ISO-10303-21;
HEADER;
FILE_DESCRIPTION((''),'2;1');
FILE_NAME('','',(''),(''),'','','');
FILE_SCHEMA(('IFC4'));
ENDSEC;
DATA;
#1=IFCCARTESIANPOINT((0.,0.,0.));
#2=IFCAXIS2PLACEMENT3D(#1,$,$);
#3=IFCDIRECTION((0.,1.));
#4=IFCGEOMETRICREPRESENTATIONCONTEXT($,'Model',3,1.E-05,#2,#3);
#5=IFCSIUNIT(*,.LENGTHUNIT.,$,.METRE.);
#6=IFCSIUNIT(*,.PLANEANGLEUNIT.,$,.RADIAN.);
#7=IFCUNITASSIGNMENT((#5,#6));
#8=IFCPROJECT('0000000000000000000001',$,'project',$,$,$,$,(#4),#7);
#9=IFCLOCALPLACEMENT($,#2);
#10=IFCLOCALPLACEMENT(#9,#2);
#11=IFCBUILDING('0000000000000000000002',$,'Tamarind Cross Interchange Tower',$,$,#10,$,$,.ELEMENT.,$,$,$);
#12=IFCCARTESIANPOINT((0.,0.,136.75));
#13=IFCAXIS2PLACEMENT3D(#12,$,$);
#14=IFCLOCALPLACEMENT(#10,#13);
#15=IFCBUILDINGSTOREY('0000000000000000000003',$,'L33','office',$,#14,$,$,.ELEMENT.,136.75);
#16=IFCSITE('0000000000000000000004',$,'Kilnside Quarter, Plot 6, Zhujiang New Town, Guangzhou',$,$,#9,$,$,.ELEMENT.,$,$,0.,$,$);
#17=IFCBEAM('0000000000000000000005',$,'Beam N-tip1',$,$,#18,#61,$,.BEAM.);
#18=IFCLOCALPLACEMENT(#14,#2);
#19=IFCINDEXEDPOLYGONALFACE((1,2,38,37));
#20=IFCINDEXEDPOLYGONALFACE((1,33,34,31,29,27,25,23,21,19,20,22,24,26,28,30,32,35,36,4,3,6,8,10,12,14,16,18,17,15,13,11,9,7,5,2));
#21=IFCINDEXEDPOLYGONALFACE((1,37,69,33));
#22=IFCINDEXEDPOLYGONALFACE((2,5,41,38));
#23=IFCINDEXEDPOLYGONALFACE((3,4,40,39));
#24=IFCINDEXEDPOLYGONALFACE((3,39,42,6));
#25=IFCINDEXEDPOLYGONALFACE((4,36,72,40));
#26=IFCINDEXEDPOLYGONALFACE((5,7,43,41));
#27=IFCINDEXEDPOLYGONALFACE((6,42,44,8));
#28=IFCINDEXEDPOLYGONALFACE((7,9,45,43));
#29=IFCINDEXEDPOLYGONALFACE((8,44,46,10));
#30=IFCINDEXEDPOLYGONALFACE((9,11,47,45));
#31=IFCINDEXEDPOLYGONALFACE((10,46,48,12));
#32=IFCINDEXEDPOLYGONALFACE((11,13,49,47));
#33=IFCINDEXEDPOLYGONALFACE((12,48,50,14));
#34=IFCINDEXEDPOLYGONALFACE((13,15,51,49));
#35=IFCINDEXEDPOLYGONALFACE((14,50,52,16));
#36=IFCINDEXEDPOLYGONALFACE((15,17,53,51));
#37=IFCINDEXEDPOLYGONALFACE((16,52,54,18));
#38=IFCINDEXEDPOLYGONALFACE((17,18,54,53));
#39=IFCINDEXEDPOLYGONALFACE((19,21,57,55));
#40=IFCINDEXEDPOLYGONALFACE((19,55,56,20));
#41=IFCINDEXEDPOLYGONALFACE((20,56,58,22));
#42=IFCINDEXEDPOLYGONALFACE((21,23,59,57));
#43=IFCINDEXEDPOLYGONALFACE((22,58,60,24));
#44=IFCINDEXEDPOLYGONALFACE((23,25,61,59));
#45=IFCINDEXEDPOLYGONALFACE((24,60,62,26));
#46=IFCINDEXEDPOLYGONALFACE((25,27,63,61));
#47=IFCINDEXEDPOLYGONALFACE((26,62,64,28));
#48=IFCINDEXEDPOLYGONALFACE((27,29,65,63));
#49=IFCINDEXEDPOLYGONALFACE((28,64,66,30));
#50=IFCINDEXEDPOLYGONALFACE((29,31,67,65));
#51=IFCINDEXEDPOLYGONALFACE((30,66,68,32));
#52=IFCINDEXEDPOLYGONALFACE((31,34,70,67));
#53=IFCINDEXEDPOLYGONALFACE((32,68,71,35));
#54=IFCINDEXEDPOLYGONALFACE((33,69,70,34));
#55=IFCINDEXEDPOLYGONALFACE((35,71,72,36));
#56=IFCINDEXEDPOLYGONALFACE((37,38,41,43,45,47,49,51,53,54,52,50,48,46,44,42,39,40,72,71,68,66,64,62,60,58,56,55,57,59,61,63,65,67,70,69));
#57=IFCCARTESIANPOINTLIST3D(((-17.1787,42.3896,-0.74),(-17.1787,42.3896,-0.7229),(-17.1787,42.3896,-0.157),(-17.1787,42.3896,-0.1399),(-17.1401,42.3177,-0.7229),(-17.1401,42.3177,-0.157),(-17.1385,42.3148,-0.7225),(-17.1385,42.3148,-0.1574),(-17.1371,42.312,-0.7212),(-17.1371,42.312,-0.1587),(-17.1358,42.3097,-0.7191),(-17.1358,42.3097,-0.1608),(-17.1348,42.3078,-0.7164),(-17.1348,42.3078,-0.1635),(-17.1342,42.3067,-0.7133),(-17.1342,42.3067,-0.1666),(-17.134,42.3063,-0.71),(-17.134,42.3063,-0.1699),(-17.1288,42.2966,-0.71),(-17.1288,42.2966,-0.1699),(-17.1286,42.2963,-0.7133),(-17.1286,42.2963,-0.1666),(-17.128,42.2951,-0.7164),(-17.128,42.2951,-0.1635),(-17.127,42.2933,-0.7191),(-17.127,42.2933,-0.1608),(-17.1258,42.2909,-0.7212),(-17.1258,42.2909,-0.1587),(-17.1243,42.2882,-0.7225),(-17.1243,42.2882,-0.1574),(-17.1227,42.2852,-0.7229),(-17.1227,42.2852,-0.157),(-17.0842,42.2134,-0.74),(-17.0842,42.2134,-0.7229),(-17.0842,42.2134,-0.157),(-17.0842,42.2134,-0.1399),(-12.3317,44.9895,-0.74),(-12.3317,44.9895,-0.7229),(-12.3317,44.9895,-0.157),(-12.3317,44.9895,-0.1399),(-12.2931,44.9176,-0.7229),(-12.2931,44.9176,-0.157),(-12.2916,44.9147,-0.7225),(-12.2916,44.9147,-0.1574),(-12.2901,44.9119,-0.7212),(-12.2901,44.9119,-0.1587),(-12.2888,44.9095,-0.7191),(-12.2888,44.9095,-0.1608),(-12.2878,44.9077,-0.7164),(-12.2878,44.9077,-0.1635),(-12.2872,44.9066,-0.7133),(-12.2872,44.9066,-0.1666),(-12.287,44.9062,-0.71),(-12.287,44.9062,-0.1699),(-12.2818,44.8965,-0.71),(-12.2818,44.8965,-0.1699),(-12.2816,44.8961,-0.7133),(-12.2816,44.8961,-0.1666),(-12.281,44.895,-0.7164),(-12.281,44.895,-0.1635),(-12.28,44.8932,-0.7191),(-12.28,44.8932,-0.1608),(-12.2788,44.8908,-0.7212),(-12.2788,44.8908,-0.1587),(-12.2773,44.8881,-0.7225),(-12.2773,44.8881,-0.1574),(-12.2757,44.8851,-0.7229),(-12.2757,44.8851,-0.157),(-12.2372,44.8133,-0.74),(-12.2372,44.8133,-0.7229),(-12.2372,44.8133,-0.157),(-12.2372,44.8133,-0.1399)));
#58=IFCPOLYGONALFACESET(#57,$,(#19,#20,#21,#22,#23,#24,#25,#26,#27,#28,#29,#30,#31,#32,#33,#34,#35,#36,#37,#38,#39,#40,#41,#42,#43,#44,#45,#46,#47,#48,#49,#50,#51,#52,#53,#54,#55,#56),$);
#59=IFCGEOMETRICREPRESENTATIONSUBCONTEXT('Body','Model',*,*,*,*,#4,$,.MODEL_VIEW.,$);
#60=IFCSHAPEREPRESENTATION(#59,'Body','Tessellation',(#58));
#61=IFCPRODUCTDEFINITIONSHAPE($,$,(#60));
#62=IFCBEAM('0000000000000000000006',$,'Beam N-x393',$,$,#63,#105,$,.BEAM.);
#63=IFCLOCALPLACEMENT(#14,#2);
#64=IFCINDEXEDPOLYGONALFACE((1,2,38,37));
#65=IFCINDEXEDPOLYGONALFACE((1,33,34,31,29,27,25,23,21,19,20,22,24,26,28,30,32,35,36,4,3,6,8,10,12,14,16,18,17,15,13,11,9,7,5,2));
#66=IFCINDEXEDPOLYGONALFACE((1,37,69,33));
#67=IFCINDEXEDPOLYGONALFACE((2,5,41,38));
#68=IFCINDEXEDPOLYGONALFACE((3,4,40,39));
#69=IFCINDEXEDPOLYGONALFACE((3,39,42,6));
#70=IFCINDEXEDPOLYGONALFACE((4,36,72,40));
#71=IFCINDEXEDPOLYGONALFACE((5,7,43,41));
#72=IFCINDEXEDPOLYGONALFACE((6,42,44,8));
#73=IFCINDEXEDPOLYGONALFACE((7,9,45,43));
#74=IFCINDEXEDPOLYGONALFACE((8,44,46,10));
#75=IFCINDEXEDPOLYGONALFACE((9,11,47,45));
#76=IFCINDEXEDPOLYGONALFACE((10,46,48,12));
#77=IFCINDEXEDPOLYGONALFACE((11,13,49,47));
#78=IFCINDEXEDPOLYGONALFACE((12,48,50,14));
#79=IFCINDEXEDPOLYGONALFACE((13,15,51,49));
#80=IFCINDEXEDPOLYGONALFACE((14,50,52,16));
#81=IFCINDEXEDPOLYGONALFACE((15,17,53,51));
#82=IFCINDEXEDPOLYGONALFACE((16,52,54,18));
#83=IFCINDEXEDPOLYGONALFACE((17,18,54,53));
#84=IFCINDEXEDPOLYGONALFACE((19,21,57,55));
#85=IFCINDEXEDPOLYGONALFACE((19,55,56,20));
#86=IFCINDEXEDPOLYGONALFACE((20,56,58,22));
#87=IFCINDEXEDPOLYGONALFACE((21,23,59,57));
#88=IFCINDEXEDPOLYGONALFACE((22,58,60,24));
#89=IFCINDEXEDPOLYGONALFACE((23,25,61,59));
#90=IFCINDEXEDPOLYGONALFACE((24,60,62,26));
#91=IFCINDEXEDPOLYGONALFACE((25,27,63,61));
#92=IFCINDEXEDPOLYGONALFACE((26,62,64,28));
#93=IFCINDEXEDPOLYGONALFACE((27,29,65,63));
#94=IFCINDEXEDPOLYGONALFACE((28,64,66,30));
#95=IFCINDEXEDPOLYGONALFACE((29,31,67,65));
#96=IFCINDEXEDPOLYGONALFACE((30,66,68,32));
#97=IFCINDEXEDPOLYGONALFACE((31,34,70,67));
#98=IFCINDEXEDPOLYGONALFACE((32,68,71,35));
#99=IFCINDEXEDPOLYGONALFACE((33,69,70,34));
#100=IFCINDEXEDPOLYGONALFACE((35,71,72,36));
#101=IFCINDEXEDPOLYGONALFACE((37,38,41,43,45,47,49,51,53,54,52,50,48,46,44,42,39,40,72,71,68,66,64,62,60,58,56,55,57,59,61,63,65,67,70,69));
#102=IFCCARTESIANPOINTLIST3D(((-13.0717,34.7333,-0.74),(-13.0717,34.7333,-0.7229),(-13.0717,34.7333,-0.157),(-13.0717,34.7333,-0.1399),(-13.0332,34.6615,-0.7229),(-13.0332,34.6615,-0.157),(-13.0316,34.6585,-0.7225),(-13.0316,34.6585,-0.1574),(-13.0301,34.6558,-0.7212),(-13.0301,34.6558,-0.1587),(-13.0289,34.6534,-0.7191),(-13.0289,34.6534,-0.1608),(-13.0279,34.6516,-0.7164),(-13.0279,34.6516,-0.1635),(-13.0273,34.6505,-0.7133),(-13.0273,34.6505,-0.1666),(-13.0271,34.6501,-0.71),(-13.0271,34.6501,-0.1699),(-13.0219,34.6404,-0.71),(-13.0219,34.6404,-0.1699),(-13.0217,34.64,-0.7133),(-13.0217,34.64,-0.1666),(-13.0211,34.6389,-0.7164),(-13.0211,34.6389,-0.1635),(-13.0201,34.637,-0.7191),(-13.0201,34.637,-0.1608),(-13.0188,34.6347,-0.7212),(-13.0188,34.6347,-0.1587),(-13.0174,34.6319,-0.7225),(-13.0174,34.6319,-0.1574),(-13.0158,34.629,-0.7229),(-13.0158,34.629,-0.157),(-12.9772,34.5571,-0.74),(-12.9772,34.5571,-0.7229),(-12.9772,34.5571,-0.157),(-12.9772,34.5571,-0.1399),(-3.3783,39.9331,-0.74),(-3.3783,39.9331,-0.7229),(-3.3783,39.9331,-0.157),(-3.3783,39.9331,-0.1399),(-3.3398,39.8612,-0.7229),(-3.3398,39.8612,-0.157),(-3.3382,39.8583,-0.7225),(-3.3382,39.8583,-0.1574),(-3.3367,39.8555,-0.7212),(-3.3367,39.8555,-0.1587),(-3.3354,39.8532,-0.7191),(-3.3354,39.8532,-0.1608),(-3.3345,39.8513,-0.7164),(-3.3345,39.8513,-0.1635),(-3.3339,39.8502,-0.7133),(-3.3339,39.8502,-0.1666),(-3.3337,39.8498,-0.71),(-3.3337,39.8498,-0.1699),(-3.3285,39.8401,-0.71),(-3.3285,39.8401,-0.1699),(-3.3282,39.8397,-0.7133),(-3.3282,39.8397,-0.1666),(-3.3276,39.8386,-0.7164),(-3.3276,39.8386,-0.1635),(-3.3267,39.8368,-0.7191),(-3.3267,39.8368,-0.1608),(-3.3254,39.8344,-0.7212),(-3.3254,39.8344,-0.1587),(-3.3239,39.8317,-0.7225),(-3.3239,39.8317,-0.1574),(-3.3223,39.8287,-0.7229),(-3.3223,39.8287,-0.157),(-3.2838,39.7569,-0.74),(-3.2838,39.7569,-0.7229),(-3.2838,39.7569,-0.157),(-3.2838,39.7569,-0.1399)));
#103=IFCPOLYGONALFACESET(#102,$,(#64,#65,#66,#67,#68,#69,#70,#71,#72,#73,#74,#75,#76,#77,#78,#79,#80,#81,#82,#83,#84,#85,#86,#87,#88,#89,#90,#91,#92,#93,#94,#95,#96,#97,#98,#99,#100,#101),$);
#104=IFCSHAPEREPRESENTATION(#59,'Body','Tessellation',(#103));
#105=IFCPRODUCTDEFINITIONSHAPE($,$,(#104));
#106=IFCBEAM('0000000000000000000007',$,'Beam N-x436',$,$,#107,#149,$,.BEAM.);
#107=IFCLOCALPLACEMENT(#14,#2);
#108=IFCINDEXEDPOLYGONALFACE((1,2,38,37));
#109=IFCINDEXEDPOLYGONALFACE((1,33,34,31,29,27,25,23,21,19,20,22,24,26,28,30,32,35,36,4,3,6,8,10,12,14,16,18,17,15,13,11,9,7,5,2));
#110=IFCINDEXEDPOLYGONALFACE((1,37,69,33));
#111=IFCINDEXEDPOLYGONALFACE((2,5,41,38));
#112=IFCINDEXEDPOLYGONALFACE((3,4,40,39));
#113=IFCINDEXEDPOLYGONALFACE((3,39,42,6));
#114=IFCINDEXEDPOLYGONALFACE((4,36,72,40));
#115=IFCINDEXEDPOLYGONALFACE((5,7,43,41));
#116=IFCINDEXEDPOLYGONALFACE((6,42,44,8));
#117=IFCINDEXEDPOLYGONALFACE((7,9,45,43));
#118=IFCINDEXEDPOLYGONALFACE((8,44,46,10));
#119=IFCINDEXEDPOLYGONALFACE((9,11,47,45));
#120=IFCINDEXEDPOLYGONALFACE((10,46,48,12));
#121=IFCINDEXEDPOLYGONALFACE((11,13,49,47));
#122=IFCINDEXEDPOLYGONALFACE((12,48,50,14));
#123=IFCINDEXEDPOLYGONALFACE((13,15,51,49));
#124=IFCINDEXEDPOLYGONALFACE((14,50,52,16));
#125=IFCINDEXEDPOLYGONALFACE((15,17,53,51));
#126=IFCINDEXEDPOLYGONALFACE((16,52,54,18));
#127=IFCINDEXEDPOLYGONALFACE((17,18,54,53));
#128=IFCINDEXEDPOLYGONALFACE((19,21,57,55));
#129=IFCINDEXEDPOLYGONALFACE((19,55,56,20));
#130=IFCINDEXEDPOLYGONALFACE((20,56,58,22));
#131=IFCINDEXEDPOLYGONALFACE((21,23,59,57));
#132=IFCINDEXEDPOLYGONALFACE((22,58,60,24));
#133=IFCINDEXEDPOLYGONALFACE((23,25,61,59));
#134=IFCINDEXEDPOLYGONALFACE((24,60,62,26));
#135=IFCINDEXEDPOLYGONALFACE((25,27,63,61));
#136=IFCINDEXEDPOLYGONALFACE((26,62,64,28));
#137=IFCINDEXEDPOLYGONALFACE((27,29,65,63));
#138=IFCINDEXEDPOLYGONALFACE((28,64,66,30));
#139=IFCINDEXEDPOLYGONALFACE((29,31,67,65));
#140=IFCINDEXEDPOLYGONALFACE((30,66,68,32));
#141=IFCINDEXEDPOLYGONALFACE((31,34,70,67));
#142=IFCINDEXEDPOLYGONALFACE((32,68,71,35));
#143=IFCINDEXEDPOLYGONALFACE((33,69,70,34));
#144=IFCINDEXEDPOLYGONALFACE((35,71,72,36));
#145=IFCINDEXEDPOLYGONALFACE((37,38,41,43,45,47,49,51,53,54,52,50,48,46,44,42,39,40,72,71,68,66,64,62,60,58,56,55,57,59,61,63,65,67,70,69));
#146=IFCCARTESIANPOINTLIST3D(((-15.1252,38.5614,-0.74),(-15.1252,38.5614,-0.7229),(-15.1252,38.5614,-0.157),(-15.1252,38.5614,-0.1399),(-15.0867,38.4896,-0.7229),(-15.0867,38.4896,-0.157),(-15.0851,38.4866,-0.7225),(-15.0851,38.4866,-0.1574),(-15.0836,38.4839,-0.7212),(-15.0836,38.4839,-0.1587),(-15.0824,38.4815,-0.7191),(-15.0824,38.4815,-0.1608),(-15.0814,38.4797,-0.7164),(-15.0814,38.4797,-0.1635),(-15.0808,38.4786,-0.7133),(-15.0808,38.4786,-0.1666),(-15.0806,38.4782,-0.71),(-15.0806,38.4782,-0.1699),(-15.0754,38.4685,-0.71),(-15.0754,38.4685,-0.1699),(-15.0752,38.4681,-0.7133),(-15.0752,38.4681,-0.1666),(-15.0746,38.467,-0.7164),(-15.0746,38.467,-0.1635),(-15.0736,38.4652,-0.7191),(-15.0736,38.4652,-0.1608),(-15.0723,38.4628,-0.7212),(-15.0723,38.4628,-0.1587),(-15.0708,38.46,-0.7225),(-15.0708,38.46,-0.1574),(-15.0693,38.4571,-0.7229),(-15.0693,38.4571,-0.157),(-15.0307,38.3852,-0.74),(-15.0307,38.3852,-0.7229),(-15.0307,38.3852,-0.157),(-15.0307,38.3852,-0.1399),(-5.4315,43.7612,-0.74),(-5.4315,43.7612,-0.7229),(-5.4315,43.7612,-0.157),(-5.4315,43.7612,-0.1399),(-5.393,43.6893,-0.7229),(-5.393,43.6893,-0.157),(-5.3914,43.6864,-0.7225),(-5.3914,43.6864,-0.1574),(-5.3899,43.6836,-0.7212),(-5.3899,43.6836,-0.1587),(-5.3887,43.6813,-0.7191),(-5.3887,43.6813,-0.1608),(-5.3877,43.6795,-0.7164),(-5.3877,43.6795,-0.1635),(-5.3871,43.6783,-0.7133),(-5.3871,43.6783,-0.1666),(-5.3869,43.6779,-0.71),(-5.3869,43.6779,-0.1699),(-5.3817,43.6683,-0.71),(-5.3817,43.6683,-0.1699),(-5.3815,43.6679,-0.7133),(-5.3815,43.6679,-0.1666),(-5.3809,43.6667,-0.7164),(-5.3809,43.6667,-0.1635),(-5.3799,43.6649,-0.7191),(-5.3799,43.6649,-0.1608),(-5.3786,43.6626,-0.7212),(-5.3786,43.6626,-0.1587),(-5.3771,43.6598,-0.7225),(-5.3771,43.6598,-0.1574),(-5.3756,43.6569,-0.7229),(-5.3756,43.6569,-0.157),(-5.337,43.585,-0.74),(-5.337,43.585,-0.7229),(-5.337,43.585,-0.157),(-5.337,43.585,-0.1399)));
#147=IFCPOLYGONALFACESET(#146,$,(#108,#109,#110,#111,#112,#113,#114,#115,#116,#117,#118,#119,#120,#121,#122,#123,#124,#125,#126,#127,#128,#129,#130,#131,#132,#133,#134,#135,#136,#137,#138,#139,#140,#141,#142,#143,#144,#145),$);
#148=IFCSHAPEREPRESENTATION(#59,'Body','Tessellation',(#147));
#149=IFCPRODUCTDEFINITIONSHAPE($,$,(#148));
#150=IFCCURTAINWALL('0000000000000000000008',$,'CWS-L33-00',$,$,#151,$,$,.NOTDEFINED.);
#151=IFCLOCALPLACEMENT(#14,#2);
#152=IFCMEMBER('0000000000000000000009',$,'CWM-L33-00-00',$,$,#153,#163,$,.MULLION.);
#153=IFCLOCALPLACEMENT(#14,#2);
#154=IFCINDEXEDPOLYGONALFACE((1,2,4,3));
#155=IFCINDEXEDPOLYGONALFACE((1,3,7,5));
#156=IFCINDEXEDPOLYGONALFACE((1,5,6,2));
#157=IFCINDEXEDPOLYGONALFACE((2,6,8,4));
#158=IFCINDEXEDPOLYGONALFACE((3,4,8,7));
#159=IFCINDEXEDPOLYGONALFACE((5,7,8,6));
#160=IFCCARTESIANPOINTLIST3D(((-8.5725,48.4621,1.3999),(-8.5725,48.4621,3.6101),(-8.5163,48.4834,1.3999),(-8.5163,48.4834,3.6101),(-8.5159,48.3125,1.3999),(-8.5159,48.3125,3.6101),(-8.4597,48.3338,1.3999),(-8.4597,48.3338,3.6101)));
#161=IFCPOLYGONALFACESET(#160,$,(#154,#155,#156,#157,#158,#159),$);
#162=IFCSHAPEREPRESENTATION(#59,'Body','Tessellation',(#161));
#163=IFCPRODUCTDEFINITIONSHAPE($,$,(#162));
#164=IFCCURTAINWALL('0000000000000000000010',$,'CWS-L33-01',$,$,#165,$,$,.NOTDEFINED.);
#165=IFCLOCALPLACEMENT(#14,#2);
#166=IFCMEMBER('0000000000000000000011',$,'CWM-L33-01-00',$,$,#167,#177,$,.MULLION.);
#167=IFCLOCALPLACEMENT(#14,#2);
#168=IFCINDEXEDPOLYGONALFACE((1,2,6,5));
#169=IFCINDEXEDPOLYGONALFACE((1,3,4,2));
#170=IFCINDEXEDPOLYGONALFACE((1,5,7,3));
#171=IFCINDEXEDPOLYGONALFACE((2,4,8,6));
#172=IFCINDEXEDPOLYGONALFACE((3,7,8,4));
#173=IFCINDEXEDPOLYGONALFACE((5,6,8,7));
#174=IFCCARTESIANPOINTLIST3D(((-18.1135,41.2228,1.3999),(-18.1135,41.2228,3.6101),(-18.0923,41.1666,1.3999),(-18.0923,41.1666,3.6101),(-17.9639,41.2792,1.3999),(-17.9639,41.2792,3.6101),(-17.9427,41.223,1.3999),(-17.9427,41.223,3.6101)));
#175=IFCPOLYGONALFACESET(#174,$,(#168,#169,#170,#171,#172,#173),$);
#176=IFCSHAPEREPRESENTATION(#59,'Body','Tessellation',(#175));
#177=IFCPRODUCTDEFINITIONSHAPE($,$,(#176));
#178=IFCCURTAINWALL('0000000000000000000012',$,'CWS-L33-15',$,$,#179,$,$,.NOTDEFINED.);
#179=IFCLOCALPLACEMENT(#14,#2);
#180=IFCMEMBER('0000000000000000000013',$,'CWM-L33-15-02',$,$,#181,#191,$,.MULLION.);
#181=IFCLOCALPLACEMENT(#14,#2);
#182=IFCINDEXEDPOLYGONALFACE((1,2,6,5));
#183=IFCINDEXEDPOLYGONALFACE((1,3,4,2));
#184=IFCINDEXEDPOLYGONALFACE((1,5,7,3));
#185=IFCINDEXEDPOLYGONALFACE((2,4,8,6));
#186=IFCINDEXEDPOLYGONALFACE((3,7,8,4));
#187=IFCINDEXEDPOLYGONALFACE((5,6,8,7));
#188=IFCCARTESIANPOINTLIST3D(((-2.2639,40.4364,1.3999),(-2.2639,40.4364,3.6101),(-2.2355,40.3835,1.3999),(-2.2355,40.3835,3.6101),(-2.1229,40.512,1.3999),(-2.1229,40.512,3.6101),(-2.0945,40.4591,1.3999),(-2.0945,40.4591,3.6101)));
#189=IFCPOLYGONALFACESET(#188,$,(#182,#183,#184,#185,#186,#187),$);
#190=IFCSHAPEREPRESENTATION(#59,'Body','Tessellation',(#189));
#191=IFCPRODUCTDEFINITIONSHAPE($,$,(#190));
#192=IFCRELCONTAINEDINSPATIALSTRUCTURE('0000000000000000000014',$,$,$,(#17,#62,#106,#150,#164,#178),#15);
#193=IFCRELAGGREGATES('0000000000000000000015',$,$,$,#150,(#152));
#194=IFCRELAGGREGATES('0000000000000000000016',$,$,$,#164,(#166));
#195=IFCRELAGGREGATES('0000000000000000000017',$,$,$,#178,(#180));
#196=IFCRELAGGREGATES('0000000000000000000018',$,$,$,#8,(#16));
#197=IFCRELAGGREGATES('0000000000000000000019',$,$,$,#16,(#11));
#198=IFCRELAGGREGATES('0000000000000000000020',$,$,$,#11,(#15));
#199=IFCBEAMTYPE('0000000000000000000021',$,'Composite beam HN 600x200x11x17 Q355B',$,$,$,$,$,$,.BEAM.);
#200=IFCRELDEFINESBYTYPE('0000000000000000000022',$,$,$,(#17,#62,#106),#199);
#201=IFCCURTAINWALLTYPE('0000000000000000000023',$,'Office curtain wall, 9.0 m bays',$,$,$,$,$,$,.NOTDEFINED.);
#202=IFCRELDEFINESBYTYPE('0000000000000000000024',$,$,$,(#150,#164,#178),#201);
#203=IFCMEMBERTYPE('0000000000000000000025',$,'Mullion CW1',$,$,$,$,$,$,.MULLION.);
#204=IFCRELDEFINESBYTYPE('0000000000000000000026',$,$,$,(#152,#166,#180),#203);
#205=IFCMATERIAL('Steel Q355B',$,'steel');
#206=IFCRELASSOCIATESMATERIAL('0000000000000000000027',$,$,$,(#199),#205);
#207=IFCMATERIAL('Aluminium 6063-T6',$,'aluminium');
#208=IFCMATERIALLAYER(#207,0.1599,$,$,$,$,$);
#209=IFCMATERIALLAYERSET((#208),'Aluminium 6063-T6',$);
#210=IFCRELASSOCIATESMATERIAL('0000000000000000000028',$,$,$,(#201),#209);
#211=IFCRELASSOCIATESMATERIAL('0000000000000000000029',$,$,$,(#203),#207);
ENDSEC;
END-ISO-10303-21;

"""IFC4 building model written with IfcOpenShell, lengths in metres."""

from ifc_helpers import new_model, si_unit, direction, frame, origin, origin_2d, place, context, subcontext, project, spatial, rectangle, i_section, extrude, material, layer, layer_set, material_profile, profile_set, type_object, element, aggregate, save


model = new_model("IFC4")

# Units and contexts
model_context = context("Model", 3, precision=1e-05, world=origin(), true_north=direction((0.0, 1.0)))
body_context = subcontext(model_context, "Body", "Model", "MODEL_VIEW")
ifc_project = project(units=[si_unit("LENGTHUNIT", "METRE"), si_unit("PLANEANGLEUNIT", "RADIAN")], contexts=[model_context])

# Site, building, storey
site_placement = place(None, origin())
site = spatial("IfcSite", under=ifc_project, at=site_placement, Name="Kilnside Quarter, Plot 6, Zhujiang New Town, Guangzhou", CompositionType="ELEMENT", RefElevation=0.0)
building_placement = place(site_placement, origin())
building = spatial("IfcBuilding", under=site, at=building_placement, Name="Tamarind Cross Interchange Tower", CompositionType="ELEMENT")
storey_placement = place(building_placement, frame((0.0, 0.0, 136.75)))
storey = spatial("IfcBuildingStorey", under=building, at=storey_placement, Name="L33", Description="office", CompositionType="ELEMENT", Elevation=136.75)

# Beams
ifc_material_1 = material(Name="Steel Q355B", Category="steel")
ifc_material_profile_1 = material_profile(ifc_material_1, i_section(OverallWidth=0.2, OverallDepth=0.6001, WebThickness=0.011, FlangeThickness=0.0171, FilletRadius=0.0129, at=origin_2d()), Name="HN 600x200x11x17")
ifc_profile_set_1 = profile_set([ifc_material_profile_1], Name="Steel Q355B")
beam_type_1 = type_object("IfcBeamType", Name="Composite beam HN 600x200x11x17 Q355B", PredefinedType="BEAM", material=ifc_profile_set_1)
beam_1_placement = place(storey_placement, frame((-12.2844, 44.9014, -0.4399), z_axis=(-0.881231, -0.472686, 0.0), x_axis=(0.472686, -0.881231, 0.0)))
element("IfcBeam", 1, at=beam_1_placement, inside=storey, type_object=beam_type_1, Name="Beam N-tip1", PredefinedType="BEAM", context=body_context, shape_type="SweptSolid", body=[
    extrude(i_section(OverallWidth=0.2, OverallDepth=0.6001, WebThickness=0.011, FlangeThickness=0.0171, FilletRadius=0.0129, at=origin_2d()), origin(), (0.0, 0.0, 1.0), 5.5002),
])
beam_2_placement = place(storey_placement, frame((-3.3311, 39.845, -0.4399), z_axis=(-0.881221, -0.472704, 0.0), x_axis=(0.472704, -0.881221, 0.0)))
element("IfcBeam", 2, at=beam_2_placement, inside=storey, type_object=beam_type_1, Name="Beam N-x393", PredefinedType="BEAM", context=body_context, shape_type="SweptSolid", body=[
    extrude(i_section(OverallWidth=0.2, OverallDepth=0.6001, WebThickness=0.011, FlangeThickness=0.0171, FilletRadius=0.0129, at=origin_2d()), origin(), (0.0, 0.0, 1.0), 11.0),
])
beam_3_placement = place(storey_placement, frame((-5.3843, 43.6731, -0.4399), z_axis=(-0.881226, -0.472695, 0.0), x_axis=(0.472695, -0.881226, 0.0)))
element("IfcBeam", 3, at=beam_3_placement, inside=storey, type_object=beam_type_1, Name="Beam N-x436", PredefinedType="BEAM", context=body_context, shape_type="SweptSolid", body=[
    extrude(i_section(OverallWidth=0.2, OverallDepth=0.6001, WebThickness=0.011, FlangeThickness=0.0171, FilletRadius=0.0129, at=origin_2d()), origin(), (0.0, 0.0, 1.0), 11.0002),
])

# Curtain walls, members
ifc_material_2 = material(Name="Aluminium 6063-T6", Category="aluminium")
ifc_layer_1 = layer(ifc_material_2, 0.1599)
ifc_layer_set_1 = layer_set([ifc_layer_1], Name="Aluminium 6063-T6")
curtain_wall_type = type_object("IfcCurtainWallType", Name="Office curtain wall, 9.0 m bays", PredefinedType="NOTDEFINED", material=ifc_layer_set_1)
curtain_wall_1_placement = place(storey_placement, origin())
curtain_wall_1 = element("IfcCurtainWall", 4, at=curtain_wall_1_placement, inside=storey, type_object=curtain_wall_type, Name="CWS-L33-00", PredefinedType="NOTDEFINED")
ifc_material_profile_2 = material_profile(ifc_material_2, rectangle(XDim=0.0601, YDim=0.1599, at=origin_2d()), Name="Mullion CW1")
ifc_profile_set_2 = profile_set([ifc_material_profile_2], Name="Aluminium 6063-T6")
member_type = type_object("IfcMemberType", Name="Mullion CW1", PredefinedType="MULLION", material=ifc_profile_set_2)
member_1_placement = place(storey_placement, frame((-8.5161, 48.3979, 1.3999), z_axis=(0.0, 0.0, 1.0), x_axis=(-0.935385, -0.353632, 0.0)))
member_1 = element("IfcMember", 5, at=member_1_placement, type_object=member_type, Name="CWM-L33-00-00", PredefinedType="MULLION", context=body_context, shape_type="SweptSolid", body=[
    extrude(rectangle(XDim=0.0601, YDim=0.1599, at=origin_2d()), origin(), (0.0, 0.0, 1.0), 2.2102),
])
aggregate(curtain_wall_1, [member_1])
curtain_wall_2_placement = place(storey_placement, origin())
curtain_wall_2 = element("IfcCurtainWall", 6, at=curtain_wall_2_placement, inside=storey, type_object=curtain_wall_type, Name="CWS-L33-01", PredefinedType="NOTDEFINED")
member_2_placement = place(storey_placement, frame((-18.0281, 41.2229, 1.3999), z_axis=(0.0, 0.0, 1.0), x_axis=(0.352709, -0.935733, 0.0)))
member_2 = element("IfcMember", 7, at=member_2_placement, type_object=member_type, Name="CWM-L33-01-00", PredefinedType="MULLION", context=body_context, shape_type="SweptSolid", body=[
    extrude(rectangle(XDim=0.0601, YDim=0.1599, at=origin_2d()), origin(), (0.0, 0.0, 1.0), 2.2102),
])
aggregate(curtain_wall_2, [member_2])
curtain_wall_3_placement = place(storey_placement, origin())
curtain_wall_3 = element("IfcCurtainWall", 8, at=curtain_wall_3_placement, inside=storey, type_object=curtain_wall_type, Name="CWS-L33-15", PredefinedType="NOTDEFINED")
member_3_placement = place(storey_placement, frame((-2.1792, 40.4478, 1.3999), z_axis=(0.0, 0.0, 1.0), x_axis=(-0.472698, 0.881224, 0.0)))
member_3 = element("IfcMember", 9, at=member_3_placement, type_object=member_type, Name="CWM-L33-15-02", PredefinedType="MULLION", context=body_context, shape_type="SweptSolid", body=[
    extrude(rectangle(XDim=0.0601, YDim=0.1599, at=origin_2d()), origin(), (0.0, 0.0, 1.0), 2.2102),
])
aggregate(curtain_wall_3, [member_3])

save(model, "model.ifc")
